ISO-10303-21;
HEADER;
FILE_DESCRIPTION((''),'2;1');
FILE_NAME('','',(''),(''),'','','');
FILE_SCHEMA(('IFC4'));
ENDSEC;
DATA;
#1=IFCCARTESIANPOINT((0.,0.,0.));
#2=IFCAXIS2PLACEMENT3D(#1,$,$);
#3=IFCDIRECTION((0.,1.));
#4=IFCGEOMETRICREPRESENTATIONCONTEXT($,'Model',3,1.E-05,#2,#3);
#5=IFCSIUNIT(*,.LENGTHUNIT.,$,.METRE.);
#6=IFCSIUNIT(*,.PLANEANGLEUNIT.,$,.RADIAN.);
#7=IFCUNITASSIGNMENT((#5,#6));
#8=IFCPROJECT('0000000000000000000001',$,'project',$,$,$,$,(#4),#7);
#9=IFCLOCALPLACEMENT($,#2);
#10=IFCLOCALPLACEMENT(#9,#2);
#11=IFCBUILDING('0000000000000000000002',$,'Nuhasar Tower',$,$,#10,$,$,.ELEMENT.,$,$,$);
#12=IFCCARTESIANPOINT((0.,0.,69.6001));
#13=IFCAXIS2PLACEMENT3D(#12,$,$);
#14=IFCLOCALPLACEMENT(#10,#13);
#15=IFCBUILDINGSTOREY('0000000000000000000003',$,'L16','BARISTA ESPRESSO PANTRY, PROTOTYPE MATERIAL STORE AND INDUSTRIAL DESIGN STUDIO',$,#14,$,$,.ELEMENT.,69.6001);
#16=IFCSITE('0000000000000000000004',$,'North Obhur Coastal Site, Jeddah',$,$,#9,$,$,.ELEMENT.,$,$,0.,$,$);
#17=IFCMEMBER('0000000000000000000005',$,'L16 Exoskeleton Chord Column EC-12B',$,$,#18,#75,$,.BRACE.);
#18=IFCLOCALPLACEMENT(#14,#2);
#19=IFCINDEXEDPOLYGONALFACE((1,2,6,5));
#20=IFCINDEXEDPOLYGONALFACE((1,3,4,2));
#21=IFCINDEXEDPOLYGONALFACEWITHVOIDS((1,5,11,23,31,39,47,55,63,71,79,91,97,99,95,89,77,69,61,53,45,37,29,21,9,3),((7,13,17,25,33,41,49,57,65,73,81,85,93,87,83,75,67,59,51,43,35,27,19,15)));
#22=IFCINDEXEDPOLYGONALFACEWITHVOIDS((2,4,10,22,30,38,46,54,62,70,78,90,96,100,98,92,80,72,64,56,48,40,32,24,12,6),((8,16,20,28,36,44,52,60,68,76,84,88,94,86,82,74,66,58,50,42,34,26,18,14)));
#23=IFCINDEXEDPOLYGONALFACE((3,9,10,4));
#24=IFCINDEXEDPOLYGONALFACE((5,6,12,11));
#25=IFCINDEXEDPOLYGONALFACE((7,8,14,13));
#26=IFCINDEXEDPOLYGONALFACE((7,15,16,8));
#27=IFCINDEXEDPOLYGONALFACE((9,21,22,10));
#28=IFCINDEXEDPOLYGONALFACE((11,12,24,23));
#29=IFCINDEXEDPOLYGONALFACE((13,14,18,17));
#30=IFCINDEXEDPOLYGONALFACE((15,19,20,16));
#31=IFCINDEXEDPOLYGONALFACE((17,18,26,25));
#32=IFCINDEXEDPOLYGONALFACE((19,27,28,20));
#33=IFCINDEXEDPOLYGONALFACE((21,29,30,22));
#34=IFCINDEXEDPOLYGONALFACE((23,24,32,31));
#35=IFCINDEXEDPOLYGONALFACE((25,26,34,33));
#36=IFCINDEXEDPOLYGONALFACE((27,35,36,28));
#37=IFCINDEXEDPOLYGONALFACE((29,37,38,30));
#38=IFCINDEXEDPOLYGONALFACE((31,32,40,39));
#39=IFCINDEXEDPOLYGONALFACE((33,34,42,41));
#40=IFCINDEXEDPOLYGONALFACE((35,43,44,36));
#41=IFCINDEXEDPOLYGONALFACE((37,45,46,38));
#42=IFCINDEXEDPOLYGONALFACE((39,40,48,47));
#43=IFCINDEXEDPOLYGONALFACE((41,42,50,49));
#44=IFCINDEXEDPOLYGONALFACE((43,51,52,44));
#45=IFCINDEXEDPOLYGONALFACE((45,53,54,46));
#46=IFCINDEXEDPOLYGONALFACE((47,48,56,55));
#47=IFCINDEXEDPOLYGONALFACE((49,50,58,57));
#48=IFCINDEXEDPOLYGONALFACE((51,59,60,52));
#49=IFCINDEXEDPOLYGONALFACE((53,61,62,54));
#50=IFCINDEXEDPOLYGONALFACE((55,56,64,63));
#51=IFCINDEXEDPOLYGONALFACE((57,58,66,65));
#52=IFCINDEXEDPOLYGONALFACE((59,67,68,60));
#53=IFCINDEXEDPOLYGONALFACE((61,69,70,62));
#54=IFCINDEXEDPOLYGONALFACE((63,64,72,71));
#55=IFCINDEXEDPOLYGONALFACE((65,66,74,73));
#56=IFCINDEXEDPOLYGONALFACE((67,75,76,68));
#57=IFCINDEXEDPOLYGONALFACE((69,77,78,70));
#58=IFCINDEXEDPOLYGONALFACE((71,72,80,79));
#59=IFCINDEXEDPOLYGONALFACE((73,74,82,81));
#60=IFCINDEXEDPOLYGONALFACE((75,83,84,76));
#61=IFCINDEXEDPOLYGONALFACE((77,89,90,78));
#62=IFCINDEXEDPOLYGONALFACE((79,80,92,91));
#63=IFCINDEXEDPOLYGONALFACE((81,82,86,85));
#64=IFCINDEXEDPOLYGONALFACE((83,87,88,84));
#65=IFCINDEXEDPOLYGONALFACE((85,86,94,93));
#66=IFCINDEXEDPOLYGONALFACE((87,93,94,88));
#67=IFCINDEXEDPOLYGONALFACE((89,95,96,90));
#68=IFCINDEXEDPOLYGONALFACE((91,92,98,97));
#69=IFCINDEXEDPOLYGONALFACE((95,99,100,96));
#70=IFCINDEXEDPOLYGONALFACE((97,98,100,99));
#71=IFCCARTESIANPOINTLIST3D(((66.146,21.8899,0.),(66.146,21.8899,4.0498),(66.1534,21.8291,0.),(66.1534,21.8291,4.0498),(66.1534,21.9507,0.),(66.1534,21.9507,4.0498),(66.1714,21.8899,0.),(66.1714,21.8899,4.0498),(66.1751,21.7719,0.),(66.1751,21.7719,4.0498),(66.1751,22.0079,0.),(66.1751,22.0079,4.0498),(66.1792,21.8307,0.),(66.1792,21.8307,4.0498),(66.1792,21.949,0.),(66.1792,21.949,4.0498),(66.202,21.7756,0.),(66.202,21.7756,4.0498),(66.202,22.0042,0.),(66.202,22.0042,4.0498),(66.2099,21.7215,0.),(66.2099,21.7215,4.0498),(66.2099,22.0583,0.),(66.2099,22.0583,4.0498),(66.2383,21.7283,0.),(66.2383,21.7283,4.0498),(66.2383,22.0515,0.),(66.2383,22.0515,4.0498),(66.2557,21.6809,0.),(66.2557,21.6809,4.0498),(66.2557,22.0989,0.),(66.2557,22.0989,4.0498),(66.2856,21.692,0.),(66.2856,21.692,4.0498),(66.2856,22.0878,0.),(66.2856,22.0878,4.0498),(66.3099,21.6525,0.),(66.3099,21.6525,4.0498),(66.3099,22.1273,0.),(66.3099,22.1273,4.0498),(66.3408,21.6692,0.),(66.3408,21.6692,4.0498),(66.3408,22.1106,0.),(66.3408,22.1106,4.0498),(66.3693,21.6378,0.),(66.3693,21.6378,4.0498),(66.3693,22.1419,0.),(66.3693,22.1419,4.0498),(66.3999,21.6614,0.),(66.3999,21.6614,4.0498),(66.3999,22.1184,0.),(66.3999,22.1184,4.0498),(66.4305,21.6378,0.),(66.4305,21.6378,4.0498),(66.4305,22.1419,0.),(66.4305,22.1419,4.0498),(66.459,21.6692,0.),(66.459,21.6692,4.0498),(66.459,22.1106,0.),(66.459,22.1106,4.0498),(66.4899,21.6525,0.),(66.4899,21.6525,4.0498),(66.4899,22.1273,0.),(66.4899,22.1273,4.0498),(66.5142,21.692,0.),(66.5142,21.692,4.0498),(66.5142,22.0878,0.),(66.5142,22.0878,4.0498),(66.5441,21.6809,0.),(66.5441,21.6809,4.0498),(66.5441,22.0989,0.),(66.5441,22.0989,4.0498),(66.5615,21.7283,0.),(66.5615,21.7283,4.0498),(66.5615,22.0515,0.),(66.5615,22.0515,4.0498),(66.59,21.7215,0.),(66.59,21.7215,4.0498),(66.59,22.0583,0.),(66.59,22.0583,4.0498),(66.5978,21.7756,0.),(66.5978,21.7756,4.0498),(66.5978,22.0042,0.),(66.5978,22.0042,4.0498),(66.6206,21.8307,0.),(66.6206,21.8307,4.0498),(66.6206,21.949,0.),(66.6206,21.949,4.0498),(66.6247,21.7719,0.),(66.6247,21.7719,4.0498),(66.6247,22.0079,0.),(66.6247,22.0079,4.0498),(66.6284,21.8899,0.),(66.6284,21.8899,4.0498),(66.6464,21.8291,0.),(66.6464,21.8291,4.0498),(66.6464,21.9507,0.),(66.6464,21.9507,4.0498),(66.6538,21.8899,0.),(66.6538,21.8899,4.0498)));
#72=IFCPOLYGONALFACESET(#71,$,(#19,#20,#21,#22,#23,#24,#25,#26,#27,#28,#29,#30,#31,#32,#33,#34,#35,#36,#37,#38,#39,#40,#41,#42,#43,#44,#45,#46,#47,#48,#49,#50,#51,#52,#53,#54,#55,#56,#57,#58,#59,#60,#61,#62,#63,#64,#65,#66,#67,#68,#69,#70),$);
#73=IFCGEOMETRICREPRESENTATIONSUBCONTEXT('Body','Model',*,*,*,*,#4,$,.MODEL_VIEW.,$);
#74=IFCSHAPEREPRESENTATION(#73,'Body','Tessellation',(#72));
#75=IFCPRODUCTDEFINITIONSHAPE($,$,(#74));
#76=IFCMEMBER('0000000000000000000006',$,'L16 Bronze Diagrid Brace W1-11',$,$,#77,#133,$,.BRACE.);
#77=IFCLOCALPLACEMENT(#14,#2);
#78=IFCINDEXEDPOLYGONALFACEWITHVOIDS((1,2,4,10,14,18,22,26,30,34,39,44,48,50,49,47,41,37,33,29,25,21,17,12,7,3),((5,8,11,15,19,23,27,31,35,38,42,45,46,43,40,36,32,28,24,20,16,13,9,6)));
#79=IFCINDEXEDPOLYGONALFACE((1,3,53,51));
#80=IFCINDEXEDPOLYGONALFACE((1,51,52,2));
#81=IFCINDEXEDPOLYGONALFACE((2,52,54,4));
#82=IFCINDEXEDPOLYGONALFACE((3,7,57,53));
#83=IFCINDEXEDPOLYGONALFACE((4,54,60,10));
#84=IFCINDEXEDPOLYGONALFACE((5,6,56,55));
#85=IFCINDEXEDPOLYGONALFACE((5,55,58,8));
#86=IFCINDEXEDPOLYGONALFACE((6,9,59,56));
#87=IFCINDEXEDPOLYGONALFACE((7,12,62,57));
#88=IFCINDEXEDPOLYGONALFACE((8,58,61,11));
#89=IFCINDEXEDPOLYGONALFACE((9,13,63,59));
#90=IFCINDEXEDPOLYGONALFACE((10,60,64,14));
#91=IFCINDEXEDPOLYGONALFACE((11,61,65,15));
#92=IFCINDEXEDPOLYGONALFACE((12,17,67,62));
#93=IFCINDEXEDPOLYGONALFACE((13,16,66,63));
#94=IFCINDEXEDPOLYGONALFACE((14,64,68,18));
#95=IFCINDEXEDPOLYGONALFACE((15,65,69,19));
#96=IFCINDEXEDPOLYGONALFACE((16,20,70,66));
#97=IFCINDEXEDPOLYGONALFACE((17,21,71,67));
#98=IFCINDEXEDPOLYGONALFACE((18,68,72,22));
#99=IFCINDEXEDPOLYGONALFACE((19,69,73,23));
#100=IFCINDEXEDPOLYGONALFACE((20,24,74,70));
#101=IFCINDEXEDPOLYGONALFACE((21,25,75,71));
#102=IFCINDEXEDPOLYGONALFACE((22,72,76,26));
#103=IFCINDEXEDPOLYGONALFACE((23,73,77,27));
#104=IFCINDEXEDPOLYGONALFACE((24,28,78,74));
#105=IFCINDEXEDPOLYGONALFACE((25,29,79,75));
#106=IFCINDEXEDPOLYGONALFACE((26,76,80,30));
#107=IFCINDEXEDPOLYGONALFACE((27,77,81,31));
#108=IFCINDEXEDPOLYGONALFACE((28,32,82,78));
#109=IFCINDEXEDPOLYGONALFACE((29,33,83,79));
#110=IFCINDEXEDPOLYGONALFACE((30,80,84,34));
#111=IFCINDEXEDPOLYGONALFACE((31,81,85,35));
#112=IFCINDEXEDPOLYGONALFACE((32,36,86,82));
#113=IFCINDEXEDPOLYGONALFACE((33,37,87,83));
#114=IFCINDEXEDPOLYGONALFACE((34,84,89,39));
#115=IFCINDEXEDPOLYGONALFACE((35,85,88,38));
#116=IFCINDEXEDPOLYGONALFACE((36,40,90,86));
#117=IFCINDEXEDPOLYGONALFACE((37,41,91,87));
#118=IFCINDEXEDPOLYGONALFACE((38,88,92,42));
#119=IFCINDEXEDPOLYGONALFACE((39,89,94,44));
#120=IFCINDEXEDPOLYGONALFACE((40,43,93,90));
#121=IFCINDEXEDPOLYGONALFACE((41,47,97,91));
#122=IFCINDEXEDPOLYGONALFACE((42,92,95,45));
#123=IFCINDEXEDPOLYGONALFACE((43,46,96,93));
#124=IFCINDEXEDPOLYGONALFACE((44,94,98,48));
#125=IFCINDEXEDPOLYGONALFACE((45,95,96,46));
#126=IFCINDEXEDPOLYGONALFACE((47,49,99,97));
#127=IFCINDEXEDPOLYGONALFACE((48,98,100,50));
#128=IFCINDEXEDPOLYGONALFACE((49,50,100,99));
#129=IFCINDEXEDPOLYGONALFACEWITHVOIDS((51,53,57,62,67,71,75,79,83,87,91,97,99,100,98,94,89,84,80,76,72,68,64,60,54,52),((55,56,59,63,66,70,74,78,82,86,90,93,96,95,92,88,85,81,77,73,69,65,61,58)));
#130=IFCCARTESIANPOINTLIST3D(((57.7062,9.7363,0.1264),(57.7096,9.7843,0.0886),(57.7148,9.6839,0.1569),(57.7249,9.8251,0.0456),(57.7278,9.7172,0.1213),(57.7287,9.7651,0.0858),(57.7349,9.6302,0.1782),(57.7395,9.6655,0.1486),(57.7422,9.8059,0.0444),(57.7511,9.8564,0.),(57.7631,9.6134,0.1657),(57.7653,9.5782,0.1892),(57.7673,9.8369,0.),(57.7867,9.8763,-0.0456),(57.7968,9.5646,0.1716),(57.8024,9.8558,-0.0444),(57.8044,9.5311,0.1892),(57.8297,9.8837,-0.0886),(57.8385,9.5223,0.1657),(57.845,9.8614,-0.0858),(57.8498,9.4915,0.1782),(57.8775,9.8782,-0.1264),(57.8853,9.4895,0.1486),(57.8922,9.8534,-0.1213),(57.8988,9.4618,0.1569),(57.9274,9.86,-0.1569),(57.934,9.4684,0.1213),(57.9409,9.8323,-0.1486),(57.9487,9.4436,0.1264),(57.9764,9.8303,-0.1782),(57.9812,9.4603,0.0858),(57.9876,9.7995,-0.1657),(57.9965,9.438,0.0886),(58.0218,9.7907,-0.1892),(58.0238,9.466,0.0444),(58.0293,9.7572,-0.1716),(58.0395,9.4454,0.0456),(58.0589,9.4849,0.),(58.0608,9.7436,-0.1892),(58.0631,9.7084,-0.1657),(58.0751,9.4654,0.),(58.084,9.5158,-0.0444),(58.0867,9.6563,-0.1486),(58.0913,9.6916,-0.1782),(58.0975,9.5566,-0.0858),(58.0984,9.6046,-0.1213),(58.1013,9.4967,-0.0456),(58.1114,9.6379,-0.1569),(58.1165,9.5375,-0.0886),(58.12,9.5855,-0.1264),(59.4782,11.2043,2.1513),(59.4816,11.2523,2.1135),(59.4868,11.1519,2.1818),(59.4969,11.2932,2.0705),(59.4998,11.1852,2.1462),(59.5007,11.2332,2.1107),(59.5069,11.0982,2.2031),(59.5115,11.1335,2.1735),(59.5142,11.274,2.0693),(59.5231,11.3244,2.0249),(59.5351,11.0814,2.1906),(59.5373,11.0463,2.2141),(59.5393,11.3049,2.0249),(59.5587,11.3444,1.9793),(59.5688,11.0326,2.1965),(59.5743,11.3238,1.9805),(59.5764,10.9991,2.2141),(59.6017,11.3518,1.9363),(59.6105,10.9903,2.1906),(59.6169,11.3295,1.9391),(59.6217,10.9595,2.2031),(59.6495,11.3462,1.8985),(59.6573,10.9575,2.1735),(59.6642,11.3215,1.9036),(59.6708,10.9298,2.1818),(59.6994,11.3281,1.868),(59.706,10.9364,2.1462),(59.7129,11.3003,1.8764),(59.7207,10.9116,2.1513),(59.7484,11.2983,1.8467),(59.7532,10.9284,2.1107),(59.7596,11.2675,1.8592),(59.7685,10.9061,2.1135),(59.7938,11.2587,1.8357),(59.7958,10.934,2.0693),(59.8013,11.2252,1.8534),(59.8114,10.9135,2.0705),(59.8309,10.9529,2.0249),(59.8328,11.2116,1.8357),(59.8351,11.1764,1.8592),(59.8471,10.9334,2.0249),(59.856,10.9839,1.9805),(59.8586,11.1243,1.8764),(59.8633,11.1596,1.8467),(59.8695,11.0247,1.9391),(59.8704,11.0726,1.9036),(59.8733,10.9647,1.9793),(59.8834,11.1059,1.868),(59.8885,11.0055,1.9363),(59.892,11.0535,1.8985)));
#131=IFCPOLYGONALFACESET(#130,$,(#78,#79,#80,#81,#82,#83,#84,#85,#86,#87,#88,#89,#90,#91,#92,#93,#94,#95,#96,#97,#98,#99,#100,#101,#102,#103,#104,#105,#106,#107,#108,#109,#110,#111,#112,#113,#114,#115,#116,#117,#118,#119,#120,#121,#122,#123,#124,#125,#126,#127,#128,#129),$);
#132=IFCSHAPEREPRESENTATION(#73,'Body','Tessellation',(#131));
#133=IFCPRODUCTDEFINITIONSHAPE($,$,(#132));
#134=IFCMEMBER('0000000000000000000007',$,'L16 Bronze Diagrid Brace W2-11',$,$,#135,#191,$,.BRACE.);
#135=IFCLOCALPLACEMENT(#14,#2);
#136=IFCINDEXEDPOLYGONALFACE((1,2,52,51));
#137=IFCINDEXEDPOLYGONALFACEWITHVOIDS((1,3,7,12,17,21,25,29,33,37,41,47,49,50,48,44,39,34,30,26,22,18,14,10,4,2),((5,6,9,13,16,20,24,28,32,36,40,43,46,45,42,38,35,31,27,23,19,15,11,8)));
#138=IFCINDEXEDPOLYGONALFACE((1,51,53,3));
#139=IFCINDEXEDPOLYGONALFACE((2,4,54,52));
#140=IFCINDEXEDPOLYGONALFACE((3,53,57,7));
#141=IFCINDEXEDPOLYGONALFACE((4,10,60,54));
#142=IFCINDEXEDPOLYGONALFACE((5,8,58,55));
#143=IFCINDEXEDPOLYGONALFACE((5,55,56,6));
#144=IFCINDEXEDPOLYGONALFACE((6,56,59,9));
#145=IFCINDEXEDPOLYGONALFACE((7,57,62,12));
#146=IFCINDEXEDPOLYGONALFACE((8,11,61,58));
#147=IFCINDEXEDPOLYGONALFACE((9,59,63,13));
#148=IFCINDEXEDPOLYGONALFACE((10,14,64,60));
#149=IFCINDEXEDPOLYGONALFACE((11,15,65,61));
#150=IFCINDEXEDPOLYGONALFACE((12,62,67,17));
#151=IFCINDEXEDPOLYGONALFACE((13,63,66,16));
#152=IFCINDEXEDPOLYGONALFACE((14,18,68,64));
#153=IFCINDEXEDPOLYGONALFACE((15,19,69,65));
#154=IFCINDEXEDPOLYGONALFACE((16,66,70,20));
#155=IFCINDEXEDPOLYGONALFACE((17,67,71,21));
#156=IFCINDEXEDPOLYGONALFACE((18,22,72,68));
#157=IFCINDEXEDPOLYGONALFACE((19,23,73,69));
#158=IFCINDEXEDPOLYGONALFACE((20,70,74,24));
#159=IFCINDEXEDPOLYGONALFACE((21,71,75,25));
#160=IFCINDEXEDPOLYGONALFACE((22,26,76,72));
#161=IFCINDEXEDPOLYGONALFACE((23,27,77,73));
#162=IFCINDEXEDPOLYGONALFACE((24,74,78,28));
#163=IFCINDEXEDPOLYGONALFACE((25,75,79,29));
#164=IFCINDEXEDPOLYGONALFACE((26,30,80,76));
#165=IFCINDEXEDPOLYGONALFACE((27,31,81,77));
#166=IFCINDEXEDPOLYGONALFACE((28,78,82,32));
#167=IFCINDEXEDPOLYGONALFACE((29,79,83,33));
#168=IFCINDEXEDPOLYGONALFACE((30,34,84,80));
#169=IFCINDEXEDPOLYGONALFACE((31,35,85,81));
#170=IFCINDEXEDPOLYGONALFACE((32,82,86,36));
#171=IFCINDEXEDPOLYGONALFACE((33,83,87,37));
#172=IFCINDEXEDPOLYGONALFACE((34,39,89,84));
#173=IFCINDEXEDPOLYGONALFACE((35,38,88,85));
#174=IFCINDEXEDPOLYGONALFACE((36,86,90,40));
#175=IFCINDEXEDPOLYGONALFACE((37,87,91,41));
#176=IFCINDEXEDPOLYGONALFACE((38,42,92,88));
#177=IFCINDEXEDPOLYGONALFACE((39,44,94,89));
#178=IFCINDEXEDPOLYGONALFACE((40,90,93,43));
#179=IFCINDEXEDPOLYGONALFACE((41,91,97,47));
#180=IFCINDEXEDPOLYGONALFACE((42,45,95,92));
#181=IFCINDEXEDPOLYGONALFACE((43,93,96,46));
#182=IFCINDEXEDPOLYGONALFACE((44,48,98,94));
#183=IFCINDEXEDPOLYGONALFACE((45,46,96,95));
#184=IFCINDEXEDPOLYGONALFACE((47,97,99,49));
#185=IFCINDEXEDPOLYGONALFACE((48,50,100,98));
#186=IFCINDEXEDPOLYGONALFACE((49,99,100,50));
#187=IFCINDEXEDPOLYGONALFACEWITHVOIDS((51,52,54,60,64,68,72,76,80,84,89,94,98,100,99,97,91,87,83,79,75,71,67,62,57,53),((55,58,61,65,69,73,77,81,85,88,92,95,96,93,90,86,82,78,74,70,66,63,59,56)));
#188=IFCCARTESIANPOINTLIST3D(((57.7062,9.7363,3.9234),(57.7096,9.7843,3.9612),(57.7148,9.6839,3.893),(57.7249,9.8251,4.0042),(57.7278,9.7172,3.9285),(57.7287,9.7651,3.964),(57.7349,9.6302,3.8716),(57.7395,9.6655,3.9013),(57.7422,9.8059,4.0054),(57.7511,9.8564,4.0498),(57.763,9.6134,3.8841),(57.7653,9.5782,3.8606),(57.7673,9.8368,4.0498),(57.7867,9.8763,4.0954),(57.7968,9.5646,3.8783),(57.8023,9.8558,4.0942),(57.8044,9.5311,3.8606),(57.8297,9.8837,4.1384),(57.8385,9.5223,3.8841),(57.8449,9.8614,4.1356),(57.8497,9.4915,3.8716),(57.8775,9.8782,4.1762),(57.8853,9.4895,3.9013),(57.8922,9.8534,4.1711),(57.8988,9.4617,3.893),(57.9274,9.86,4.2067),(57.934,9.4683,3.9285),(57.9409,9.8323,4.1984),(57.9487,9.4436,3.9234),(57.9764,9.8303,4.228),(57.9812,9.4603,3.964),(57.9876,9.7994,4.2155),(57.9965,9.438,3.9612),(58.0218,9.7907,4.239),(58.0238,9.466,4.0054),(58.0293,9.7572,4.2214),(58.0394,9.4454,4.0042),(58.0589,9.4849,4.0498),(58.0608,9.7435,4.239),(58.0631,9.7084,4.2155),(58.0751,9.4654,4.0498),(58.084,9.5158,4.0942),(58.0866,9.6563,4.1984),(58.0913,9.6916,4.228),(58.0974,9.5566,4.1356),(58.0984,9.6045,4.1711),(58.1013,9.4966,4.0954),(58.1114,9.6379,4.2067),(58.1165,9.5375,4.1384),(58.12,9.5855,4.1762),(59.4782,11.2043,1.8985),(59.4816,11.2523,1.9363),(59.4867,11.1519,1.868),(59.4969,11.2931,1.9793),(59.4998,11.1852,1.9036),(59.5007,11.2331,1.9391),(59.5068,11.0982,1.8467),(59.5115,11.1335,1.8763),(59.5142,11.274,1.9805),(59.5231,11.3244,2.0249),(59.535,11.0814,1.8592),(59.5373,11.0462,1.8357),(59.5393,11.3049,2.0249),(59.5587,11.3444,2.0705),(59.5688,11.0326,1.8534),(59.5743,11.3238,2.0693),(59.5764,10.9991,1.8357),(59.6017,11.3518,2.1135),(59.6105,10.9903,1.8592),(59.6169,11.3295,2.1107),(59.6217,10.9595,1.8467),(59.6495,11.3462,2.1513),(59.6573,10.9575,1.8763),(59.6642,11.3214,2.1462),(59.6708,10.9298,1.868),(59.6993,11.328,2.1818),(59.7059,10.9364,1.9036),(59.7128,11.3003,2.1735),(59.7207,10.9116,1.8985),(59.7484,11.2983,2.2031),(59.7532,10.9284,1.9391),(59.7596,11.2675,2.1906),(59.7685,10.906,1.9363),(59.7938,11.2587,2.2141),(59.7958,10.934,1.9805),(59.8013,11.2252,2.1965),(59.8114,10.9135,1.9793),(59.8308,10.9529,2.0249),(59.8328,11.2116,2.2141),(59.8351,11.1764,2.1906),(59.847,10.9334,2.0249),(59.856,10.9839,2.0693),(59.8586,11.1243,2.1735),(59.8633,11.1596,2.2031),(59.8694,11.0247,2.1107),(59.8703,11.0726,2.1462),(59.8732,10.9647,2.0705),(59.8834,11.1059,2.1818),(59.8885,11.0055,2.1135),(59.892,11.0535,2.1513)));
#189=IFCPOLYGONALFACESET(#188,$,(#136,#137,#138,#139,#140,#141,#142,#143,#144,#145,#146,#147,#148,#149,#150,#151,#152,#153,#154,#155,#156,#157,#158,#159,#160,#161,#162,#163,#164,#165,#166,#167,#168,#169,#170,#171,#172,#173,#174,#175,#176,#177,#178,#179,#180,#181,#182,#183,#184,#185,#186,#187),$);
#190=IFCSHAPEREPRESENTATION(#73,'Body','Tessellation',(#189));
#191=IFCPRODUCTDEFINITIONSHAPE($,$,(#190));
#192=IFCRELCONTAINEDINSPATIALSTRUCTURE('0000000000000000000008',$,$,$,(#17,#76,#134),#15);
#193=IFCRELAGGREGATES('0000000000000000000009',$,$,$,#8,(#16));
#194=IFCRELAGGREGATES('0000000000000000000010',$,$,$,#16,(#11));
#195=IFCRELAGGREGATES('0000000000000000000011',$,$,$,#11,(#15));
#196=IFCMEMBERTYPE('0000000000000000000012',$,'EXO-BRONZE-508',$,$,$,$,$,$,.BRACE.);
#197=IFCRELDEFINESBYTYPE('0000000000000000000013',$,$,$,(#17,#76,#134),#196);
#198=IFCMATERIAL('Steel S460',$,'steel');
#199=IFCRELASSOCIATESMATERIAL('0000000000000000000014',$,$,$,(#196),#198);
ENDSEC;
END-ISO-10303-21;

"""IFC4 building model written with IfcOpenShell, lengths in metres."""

from ifc_helpers import new_model, si_unit, direction, frame, origin, origin_2d, place, context, subcontext, project, spatial, hollow_circle, extrude, material, material_profile, profile_set, type_object, element, save


model = new_model("IFC4")

# Units and contexts
model_context = context("Model", 3, precision=1e-05, world=origin(), true_north=direction((0.0, 1.0)))
body_context = subcontext(model_context, "Body", "Model", "MODEL_VIEW")
ifc_project = project(units=[si_unit("LENGTHUNIT", "METRE"), si_unit("PLANEANGLEUNIT", "RADIAN")], contexts=[model_context])

# Site, building, storey
site_placement = place(None, origin())
site = spatial("IfcSite", under=ifc_project, at=site_placement, Name="North Obhur Coastal Site, Jeddah", CompositionType="ELEMENT", RefElevation=0.0)
building_placement = place(site_placement, origin())
building = spatial("IfcBuilding", under=site, at=building_placement, Name="Nuhasar Tower", CompositionType="ELEMENT")
storey_placement = place(building_placement, frame((0.0, 0.0, 69.6001)))
storey = spatial("IfcBuildingStorey", under=building, at=storey_placement, Name="L16", Description="BARISTA ESPRESSO PANTRY, PROTOTYPE MATERIAL STORE AND INDUSTRIAL DESIGN STUDIO", CompositionType="ELEMENT", Elevation=69.6001)

# Members
ifc_material_1 = material(Name="Steel S460", Category="steel")
ifc_material_profile_1 = material_profile(ifc_material_1, hollow_circle(Radius=0.2539, WallThickness=0.0254, at=origin_2d()), Name="HSS508X25.4")
ifc_profile_set_1 = profile_set([ifc_material_profile_1], Name="Steel S460")
member_type_1 = type_object("IfcMemberType", Name="EXO-BRONZE-508", PredefinedType="BRACE", material=ifc_profile_set_1)
for number, where, z_axis, x_axis, name in (
    (1, (66.3999, 21.8899, 0.0), (0.0, 0.0, 1.0), (1.0, 0.0, 0.0), "L16 Exoskeleton Chord Column EC-12B"),
):
    element("IfcMember", number, at=place(storey_placement, frame(where, z_axis=z_axis, x_axis=x_axis)), inside=storey, type_object=member_type_1, Name=name, PredefinedType="BRACE", context=body_context, shape_type="SweptSolid", body=[
        extrude(hollow_circle(Radius=0.2539, WallThickness=0.0254, at=origin_2d()), origin(), (0.0, 0.0, 1.0), 4.0498),
    ])
for number, where, z_axis, x_axis, name in (
    (2, (57.9131, 9.6609, 0.0), (0.578102, 0.478937, 0.660619), (-0.637969, 0.770062, 0.0), "L16 Bronze Diagrid Brace W1-11"),
    (3, (59.6851, 11.1289, 2.0249), (-0.578102, -0.478937, 0.660619), (0.637969, -0.770062, 0.0), "L16 Bronze Diagrid Brace W2-11"),
):
    element("IfcMember", number, at=place(storey_placement, frame(where, z_axis=z_axis, x_axis=x_axis)), inside=storey, type_object=member_type_1, Name=name, PredefinedType="BRACE", context=body_context, shape_type="SweptSolid", body=[
        extrude(hollow_circle(Radius=0.2539, WallThickness=0.0254, at=origin_2d()), origin(), (0.0, 0.0, 1.0), 3.0652),
    ])

save(model, "model.ifc")
